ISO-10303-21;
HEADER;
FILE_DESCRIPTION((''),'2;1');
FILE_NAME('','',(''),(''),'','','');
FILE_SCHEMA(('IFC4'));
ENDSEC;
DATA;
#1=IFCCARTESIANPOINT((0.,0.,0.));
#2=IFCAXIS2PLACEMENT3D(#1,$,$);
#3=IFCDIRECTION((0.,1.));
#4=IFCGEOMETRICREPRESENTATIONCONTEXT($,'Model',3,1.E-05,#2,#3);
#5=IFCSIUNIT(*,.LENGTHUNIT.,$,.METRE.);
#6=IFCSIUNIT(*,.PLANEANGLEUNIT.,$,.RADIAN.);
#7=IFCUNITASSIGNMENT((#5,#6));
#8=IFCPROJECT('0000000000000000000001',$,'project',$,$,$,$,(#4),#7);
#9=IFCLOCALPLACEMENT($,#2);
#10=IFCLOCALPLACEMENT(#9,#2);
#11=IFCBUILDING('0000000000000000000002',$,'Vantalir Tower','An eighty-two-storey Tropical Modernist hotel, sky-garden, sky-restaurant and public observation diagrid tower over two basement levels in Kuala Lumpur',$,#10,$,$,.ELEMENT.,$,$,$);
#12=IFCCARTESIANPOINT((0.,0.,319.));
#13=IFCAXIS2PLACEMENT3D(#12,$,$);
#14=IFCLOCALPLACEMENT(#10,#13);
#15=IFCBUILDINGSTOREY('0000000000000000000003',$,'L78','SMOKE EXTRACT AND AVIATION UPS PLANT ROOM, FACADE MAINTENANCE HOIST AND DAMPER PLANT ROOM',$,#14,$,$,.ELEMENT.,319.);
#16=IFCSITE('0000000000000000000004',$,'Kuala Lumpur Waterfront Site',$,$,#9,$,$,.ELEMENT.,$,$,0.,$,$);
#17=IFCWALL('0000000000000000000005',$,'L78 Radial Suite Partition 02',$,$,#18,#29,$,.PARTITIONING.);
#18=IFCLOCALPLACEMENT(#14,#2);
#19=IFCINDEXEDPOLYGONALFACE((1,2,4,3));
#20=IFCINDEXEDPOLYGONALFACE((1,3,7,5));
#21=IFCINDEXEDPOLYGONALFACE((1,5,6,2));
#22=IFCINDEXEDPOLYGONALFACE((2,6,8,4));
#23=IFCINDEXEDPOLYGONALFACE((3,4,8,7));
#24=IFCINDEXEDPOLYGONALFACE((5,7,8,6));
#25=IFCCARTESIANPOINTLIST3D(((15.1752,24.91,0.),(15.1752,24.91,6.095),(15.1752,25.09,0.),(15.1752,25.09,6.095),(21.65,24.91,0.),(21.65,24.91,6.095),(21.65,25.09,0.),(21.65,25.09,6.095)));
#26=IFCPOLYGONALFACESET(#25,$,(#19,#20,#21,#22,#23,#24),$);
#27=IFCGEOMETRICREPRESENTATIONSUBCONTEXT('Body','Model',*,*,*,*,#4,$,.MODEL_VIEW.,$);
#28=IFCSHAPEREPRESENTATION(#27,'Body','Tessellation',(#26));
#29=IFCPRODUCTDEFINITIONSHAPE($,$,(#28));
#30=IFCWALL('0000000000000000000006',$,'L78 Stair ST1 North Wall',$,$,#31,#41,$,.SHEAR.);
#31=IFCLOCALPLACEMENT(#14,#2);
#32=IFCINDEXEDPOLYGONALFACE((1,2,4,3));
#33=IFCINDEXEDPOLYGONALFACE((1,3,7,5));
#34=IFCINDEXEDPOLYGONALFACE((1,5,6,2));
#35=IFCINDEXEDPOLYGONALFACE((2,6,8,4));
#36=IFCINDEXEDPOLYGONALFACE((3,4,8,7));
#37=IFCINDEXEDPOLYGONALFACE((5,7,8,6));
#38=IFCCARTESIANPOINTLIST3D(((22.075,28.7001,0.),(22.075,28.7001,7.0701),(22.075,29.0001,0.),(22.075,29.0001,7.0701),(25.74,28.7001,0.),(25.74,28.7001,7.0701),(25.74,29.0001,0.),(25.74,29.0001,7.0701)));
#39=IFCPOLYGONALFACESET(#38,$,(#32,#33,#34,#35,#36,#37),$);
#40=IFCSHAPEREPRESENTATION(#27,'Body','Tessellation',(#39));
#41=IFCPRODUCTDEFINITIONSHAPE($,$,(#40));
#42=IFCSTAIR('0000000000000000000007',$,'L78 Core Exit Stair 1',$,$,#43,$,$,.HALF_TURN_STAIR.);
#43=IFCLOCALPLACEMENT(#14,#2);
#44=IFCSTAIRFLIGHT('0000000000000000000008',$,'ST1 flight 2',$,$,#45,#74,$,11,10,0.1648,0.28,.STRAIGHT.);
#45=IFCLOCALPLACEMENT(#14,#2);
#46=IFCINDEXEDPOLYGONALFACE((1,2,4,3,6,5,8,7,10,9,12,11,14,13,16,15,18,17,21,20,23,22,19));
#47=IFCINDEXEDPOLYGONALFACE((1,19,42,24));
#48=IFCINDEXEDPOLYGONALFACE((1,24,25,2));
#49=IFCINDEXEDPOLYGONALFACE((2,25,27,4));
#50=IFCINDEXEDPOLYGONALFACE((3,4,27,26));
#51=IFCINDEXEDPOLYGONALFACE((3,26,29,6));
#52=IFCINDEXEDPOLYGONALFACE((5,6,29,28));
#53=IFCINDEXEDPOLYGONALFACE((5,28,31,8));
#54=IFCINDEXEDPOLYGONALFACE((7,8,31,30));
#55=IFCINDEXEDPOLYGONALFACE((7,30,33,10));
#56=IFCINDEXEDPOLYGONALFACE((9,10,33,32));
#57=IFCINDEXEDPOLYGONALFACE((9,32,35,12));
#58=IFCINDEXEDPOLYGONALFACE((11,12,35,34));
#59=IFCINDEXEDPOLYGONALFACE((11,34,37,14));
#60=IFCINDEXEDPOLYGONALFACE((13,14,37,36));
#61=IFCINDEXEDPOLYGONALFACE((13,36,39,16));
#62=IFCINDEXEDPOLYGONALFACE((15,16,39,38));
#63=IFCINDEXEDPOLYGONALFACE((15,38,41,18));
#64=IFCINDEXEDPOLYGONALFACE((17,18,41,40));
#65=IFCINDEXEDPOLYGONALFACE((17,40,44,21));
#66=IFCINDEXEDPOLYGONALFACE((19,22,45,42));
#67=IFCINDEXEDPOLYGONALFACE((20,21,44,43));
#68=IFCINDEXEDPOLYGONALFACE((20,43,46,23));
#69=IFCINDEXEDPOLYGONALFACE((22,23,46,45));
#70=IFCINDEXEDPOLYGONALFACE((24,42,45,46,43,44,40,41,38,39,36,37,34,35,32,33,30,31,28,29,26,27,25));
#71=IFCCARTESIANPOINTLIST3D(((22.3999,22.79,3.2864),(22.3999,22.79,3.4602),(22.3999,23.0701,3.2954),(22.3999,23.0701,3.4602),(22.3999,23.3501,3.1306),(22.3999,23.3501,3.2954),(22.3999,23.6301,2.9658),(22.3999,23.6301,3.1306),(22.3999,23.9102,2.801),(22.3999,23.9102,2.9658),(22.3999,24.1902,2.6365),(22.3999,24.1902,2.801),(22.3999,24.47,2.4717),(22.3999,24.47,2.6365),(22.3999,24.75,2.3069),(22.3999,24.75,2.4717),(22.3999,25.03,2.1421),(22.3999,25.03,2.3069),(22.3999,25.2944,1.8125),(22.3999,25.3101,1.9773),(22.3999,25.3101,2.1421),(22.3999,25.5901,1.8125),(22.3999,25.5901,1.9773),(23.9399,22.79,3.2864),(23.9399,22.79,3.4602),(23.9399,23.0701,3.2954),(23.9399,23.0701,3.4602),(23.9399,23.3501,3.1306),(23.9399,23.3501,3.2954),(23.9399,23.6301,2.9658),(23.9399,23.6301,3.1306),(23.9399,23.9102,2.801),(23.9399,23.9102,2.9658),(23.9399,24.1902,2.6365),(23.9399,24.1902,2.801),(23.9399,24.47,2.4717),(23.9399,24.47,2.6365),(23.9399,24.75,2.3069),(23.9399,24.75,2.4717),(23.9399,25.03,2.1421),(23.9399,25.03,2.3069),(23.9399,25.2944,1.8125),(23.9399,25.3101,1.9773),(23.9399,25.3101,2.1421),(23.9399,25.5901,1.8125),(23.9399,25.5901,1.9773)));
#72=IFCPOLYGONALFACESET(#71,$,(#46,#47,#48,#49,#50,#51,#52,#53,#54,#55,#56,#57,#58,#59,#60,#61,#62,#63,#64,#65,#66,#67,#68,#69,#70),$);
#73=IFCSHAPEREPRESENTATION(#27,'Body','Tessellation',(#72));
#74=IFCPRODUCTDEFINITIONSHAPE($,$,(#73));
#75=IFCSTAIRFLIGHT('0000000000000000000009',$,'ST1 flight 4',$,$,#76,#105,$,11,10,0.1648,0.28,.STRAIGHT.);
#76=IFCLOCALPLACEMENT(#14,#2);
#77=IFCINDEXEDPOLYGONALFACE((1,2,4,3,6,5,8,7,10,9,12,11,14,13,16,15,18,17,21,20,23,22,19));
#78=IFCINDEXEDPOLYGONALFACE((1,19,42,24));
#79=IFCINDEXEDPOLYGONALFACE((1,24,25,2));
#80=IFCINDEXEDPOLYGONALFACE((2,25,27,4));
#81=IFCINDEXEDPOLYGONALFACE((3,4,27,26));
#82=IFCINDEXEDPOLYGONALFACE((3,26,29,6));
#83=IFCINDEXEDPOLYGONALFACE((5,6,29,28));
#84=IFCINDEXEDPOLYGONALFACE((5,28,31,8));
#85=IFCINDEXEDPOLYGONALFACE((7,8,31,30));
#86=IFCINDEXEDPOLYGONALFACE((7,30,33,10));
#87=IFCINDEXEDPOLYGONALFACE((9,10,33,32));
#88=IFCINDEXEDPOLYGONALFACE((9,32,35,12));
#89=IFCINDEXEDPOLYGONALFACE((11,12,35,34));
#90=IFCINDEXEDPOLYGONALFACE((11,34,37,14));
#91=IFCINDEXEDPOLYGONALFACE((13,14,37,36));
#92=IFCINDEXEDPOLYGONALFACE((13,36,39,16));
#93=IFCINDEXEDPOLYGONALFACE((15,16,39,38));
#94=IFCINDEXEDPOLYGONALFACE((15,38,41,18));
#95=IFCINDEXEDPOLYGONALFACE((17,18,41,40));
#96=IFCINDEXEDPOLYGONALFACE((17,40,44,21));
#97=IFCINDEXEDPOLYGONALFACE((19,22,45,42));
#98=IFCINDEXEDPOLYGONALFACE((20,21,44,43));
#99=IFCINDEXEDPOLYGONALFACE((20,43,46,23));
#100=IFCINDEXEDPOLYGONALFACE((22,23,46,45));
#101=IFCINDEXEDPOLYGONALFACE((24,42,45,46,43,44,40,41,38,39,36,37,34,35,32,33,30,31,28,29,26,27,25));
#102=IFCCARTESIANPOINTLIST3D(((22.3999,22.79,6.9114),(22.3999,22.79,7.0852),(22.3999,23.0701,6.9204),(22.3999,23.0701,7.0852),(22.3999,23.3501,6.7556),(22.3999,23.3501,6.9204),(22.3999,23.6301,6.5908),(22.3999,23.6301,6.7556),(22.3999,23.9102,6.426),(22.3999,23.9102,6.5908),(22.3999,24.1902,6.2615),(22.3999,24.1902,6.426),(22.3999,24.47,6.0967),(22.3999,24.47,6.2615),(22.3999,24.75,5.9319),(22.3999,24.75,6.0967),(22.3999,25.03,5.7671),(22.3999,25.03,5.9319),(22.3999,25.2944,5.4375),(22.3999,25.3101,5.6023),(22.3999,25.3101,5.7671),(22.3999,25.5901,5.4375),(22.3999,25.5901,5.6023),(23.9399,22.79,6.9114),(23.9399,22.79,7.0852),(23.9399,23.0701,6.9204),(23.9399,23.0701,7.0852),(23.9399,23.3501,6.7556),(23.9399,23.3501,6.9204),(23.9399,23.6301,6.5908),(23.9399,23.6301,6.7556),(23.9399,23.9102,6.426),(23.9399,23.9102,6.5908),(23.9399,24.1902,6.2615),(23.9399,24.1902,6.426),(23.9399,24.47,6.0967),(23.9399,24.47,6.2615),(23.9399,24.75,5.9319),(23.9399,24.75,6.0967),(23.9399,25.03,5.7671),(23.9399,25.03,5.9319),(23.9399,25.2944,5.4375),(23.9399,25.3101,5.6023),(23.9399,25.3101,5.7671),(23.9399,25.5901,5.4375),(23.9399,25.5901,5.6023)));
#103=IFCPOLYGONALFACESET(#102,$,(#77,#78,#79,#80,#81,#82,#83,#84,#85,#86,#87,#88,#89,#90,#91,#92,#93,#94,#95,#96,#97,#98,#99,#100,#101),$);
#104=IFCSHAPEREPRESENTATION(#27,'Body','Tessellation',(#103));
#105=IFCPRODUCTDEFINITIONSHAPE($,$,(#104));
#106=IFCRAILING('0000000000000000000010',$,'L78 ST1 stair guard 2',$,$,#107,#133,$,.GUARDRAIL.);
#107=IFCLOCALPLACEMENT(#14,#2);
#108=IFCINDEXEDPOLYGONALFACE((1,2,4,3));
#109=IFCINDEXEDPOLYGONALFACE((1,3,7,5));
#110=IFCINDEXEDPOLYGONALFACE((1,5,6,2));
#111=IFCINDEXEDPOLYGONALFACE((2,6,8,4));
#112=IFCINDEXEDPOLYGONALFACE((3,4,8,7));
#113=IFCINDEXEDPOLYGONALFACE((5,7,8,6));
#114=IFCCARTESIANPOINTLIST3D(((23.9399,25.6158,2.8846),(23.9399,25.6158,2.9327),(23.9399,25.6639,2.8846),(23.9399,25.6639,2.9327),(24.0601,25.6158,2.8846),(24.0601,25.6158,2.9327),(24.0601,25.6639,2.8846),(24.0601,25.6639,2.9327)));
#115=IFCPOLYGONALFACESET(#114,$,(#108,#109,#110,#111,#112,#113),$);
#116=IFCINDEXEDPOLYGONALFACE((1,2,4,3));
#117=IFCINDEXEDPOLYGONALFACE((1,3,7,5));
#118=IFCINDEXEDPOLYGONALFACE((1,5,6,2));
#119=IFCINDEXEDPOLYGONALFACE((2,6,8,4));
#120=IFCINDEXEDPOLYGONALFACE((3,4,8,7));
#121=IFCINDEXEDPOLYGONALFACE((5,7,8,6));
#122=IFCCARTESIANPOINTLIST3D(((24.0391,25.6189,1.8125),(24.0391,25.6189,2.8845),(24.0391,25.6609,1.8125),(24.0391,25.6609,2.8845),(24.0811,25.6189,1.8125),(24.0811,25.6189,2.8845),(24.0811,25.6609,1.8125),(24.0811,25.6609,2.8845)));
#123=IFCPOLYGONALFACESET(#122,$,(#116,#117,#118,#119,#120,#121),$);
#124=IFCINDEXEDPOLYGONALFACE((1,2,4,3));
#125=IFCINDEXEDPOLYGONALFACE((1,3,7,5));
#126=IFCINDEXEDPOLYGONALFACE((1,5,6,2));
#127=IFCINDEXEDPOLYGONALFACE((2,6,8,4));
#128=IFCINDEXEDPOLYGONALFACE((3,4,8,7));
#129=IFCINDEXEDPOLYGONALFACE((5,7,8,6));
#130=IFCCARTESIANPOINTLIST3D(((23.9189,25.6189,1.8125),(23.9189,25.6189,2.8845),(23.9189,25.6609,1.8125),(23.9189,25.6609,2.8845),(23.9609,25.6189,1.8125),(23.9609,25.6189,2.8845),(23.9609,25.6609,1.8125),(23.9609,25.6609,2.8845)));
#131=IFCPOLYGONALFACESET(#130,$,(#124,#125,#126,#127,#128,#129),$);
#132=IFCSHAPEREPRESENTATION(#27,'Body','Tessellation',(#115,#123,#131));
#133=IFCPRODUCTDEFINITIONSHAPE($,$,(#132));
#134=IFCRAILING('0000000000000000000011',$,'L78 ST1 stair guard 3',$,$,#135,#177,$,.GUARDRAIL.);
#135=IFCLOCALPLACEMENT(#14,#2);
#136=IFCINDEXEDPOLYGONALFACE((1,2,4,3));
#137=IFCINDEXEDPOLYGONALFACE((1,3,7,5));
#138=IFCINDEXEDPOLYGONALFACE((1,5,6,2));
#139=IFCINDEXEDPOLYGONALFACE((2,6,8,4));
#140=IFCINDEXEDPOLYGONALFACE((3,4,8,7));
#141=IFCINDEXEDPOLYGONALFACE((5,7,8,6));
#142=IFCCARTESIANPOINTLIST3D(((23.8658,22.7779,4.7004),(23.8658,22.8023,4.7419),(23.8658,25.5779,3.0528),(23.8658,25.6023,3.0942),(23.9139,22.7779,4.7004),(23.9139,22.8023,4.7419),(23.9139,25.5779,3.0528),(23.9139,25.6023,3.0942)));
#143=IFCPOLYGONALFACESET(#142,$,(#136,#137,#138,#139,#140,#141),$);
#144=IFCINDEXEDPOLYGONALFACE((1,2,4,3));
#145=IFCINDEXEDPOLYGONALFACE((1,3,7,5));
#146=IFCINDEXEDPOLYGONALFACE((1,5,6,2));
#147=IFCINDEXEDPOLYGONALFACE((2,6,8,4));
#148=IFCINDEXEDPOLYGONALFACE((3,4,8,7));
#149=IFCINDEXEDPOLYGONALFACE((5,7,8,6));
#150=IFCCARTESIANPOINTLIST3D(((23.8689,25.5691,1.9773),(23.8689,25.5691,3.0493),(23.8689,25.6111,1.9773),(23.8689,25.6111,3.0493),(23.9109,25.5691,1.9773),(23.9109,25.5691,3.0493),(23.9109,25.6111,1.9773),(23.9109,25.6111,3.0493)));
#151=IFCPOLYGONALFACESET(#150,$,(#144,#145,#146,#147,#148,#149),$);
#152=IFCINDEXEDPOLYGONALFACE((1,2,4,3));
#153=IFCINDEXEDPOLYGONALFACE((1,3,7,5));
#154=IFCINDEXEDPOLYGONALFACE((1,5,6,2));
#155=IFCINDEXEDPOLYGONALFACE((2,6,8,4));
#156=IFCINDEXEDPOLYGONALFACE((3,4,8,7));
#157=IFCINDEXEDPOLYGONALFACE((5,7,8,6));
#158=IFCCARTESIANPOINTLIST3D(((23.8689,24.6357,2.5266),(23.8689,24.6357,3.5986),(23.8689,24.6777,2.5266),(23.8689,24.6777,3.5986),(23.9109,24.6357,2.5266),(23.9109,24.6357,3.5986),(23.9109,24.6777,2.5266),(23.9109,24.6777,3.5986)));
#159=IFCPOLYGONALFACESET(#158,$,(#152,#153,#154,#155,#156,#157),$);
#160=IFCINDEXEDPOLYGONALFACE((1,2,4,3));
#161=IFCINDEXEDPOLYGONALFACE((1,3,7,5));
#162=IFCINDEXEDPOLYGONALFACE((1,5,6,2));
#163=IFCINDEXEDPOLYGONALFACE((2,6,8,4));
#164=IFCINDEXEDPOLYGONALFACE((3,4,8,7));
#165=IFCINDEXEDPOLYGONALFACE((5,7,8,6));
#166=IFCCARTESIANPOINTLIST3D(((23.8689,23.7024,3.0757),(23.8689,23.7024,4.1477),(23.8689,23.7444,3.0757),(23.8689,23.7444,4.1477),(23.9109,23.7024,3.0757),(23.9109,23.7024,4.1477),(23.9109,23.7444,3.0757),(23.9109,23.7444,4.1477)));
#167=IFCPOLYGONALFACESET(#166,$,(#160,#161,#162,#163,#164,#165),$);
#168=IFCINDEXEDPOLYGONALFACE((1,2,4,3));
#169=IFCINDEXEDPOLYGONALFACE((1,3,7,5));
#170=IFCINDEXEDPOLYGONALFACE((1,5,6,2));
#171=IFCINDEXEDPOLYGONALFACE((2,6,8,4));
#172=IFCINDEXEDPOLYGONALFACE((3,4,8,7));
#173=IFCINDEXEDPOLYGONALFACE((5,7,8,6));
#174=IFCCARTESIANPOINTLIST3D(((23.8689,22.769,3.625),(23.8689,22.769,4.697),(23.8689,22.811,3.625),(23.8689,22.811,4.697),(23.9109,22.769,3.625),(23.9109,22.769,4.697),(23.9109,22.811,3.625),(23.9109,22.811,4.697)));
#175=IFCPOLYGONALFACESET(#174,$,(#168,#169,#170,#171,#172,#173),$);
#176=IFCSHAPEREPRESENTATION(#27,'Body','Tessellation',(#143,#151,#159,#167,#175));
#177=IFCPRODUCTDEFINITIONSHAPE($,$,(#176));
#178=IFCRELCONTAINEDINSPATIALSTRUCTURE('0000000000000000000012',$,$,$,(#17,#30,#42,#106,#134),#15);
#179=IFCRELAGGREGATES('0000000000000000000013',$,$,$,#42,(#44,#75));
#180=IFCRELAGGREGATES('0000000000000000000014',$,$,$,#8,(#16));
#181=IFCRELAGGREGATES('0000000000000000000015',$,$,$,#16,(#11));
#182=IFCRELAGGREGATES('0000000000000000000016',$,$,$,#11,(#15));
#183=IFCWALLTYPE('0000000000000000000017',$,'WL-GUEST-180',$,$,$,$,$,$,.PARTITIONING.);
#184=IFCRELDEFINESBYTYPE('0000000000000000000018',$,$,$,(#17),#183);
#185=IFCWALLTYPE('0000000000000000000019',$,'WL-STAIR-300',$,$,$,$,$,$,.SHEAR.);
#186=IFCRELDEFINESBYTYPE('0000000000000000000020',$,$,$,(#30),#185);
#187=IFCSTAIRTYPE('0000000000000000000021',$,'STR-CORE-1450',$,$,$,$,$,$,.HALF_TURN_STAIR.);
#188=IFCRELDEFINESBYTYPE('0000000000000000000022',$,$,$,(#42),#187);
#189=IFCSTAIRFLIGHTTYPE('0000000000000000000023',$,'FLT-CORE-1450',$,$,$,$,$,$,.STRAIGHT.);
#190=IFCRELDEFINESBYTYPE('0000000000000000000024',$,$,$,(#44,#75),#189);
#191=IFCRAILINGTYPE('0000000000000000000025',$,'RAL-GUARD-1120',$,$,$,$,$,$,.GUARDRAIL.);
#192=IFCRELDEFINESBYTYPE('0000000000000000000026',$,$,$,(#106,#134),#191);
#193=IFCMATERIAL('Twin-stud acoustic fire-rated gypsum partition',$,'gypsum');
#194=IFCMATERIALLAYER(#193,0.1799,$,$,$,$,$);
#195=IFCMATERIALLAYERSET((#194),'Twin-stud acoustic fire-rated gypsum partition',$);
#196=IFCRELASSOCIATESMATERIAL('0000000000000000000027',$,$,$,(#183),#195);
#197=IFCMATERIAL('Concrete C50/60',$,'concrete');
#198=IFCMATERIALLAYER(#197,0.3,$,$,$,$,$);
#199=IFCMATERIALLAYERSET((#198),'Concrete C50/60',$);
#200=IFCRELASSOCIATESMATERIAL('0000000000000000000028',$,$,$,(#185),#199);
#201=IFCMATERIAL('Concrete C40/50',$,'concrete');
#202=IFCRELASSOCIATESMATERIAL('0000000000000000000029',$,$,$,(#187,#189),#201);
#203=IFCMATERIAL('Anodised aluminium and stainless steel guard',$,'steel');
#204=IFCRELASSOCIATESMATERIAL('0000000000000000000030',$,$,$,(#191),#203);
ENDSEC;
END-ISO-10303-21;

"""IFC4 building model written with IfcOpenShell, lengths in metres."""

from ifc_helpers import new_model, si_unit, direction, frame, frame_2d, origin, origin_2d, place, context, subcontext, project, spatial, polyline, rectangle, outline, extrude, material, layer, layer_set, type_object, element, aggregate, save


model = new_model("IFC4")

# Units and contexts
model_context = context("Model", 3, precision=1e-05, world=origin(), true_north=direction((0.0, 1.0)))
body_context = subcontext(model_context, "Body", "Model", "MODEL_VIEW")
ifc_project = project(units=[si_unit("LENGTHUNIT", "METRE"), si_unit("PLANEANGLEUNIT", "RADIAN")], contexts=[model_context])

# Site, building, storey
site_placement = place(None, origin())
site = spatial("IfcSite", under=ifc_project, at=site_placement, Name="Kuala Lumpur Waterfront Site", CompositionType="ELEMENT", RefElevation=0.0)
building_placement = place(site_placement, origin())
building = spatial("IfcBuilding", under=site, at=building_placement, Name="Vantalir Tower", Description="An eighty-two-storey Tropical Modernist hotel, sky-garden, sky-restaurant and public observation diagrid tower over two basement levels in Kuala Lumpur", CompositionType="ELEMENT")
storey_placement = place(building_placement, frame((0.0, 0.0, 319.0)))
storey = spatial("IfcBuildingStorey", under=building, at=storey_placement, Name="L78", Description="SMOKE EXTRACT AND AVIATION UPS PLANT ROOM, FACADE MAINTENANCE HOIST AND DAMPER PLANT ROOM", CompositionType="ELEMENT", Elevation=319.0)

# Walls
ifc_material_1 = material(Name="Twin-stud acoustic fire-rated gypsum partition", Category="gypsum")
ifc_layer_1 = layer(ifc_material_1, 0.1799)
ifc_layer_set_1 = layer_set([ifc_layer_1], Name="Twin-stud acoustic fire-rated gypsum partition")
wall_type_1 = type_object("IfcWallType", Name="WL-GUEST-180", PredefinedType="PARTITIONING", material=ifc_layer_set_1)
wall_1_placement = place(storey_placement, frame((21.6499, 25.0, 0.0), z_axis=(0.0, 0.0, 1.0), x_axis=(-1.0, 0.0, 0.0)))
element("IfcWall", 1, at=wall_1_placement, inside=storey, type_object=wall_type_1, Name="L78 Radial Suite Partition 02", PredefinedType="PARTITIONING", context=body_context, shape_type="SweptSolid", body=[
    extrude(rectangle(XDim=6.4749, YDim=0.1799, at=frame_2d((3.2373, 0.0))), origin(), (0.0, 0.0, 1.0), 6.095),
])
ifc_material_2 = material(Name="Concrete C50/60", Category="concrete")
ifc_layer_2 = layer(ifc_material_2, 0.3)
ifc_layer_set_2 = layer_set([ifc_layer_2], Name="Concrete C50/60")
wall_type_2 = type_object("IfcWallType", Name="WL-STAIR-300", PredefinedType="SHEAR", material=ifc_layer_set_2)
wall_2_placement = place(storey_placement, frame((22.075, 28.8501, 0.0), z_axis=(0.0, 0.0, 1.0), x_axis=(1.0, 0.0, 0.0)))
element("IfcWall", 2, at=wall_2_placement, inside=storey, type_object=wall_type_2, Name="L78 Stair ST1 North Wall", PredefinedType="SHEAR", context=body_context, shape_type="SweptSolid", body=[
    extrude(rectangle(XDim=3.665, YDim=0.3, at=frame_2d((1.8325, 0.0))), origin(), (0.0, 0.0, 1.0), 7.0701),
])

# Stair, stair flights
ifc_material_3 = material(Name="Concrete C40/50", Category="concrete")
stair_type = type_object("IfcStairType", Name="STR-CORE-1450", PredefinedType="HALF_TURN_STAIR", material=ifc_material_3)
stair_placement = place(storey_placement, origin())
stair = element("IfcStair", 3, at=stair_placement, inside=storey, type_object=stair_type, Name="L78 Core Exit Stair 1", PredefinedType="HALF_TURN_STAIR")
stair_flight_type = type_object("IfcStairFlightType", Name="FLT-CORE-1450", PredefinedType="STRAIGHT", material=ifc_material_3)
stair_flight_1_placement = place(storey_placement, frame((23.1699, 25.5901, 1.8125), z_axis=(0.0, 0.0, 1.0), x_axis=(0.0, -1.0, 0.0)))
stair_flight_1 = element("IfcStairFlight", 4, at=stair_flight_1_placement, type_object=stair_flight_type, Name="ST1 flight 2", NumberOfRisers=11, NumberOfTreads=10, PredefinedType="STRAIGHT", RiserHeight=0.1648, TreadLength=0.28, context=body_context, shape_type="SweptSolid", body=[
    extrude(outline(polyline([(0.0, 0.0), (0.0, 0.1648), (0.28, 0.1648), (0.28, 0.3296), (0.5601, 0.3296), (0.5601, 0.4944), (0.8401, 0.4944), (0.8401, 0.6592), (1.1201, 0.6592), (1.1201, 0.824), (1.3999, 0.824), (1.3999, 0.9885), (1.6799, 0.9885), (1.6799, 1.1533), (1.96, 1.1533), (1.96, 1.3181), (2.24, 1.3181), (2.24, 1.4829), (2.52, 1.4829), (2.52, 1.6477), (2.8, 1.6477), (2.8, 1.8125), (2.8, 1.4739), (0.2957, 0.0), (0.0, 0.0)])), frame((0.0, 0.77, 0.0), z_axis=(0.0, -1.0, 0.0), x_axis=(1.0, 0.0, 0.0)), (0.0, 0.0, 1.0), 1.54),
])
stair_flight_2_placement = place(storey_placement, frame((23.1699, 25.5901, 5.4375), z_axis=(0.0, 0.0, 1.0), x_axis=(0.0, -1.0, 0.0)))
stair_flight_2 = element("IfcStairFlight", 5, at=stair_flight_2_placement, type_object=stair_flight_type, Name="ST1 flight 4", NumberOfRisers=11, NumberOfTreads=10, PredefinedType="STRAIGHT", RiserHeight=0.1648, TreadLength=0.28, context=body_context, shape_type="SweptSolid", body=[
    extrude(outline(polyline([(0.0, 0.0), (0.0, 0.1648), (0.28, 0.1648), (0.28, 0.3296), (0.5601, 0.3296), (0.5601, 0.4944), (0.8401, 0.4944), (0.8401, 0.6592), (1.1201, 0.6592), (1.1201, 0.824), (1.3999, 0.824), (1.3999, 0.9885), (1.6799, 0.9885), (1.6799, 1.1533), (1.96, 1.1533), (1.96, 1.3181), (2.24, 1.3181), (2.24, 1.4829), (2.52, 1.4829), (2.52, 1.6477), (2.8, 1.6477), (2.8, 1.8125), (2.8, 1.4739), (0.2957, 0.0), (0.0, 0.0)])), frame((0.0, 0.77, 0.0), z_axis=(0.0, -1.0, 0.0), x_axis=(1.0, 0.0, 0.0)), (0.0, 0.0, 1.0), 1.54),
])
aggregate(stair, [stair_flight_1, stair_flight_2])

# Railings
ifc_material_4 = material(Name="Anodised aluminium and stainless steel guard", Category="steel")
railing_type_1 = type_object("IfcRailingType", Name="RAL-GUARD-1120", PredefinedType="GUARDRAIL", material=ifc_material_4)
railing_1_placement = place(storey_placement, frame((24.0601, 25.6399, 1.8125)))
element("IfcRailing", 6, at=railing_1_placement, inside=storey, type_object=railing_type_1, Name="L78 ST1 stair guard 2", PredefinedType="GUARDRAIL", context=body_context, shape_type="SweptSolid", body=[
    extrude(rectangle(XDim=0.0481, YDim=0.0481, at=origin_2d()), frame((0.0, 0.0, 1.0962), z_axis=(-1.0, 0.0, 0.0), x_axis=(0.0, -1.0, 0.0)), (0.0, 0.0, 1.0), 0.1201),
    extrude(rectangle(XDim=0.042, YDim=0.042, at=origin_2d()), origin(), (0.0, 0.0, 1.0), 1.072),
    extrude(rectangle(XDim=0.042, YDim=0.042, at=origin_2d()), frame((-0.1201, 0.0, 0.0)), (0.0, 0.0, 1.0), 1.072),
])
railing_2_placement = place(storey_placement, frame((23.8899, 25.5901, 1.9773)))
element("IfcRailing", 7, at=railing_2_placement, inside=storey, type_object=railing_type_1, Name="L78 ST1 stair guard 3", PredefinedType="GUARDRAIL", context=body_context, shape_type="SweptSolid", body=[
    extrude(rectangle(XDim=0.0481, YDim=0.0481, at=origin_2d()), frame((0.0, 0.0, 1.0962), z_axis=(0.0, -0.861851, 0.507161), x_axis=(1.0, 0.0, 0.0)), (0.0, 0.0, 1.0), 3.2488),
    extrude(rectangle(XDim=0.042, YDim=0.042, at=origin_2d()), origin(), (0.0, 0.0, 1.0), 1.072),
    extrude(rectangle(XDim=0.042, YDim=0.042, at=origin_2d()), frame((0.0, -0.9333, 0.5493)), (0.0, 0.0, 1.0), 1.072),
    extrude(rectangle(XDim=0.042, YDim=0.042, at=origin_2d()), frame((0.0, -1.8667, 1.0984)), (0.0, 0.0, 1.0), 1.072),
    extrude(rectangle(XDim=0.042, YDim=0.042, at=origin_2d()), frame((0.0, -2.8, 1.6477)), (0.0, 0.0, 1.0), 1.072),
])

save(model, "model.ifc")
